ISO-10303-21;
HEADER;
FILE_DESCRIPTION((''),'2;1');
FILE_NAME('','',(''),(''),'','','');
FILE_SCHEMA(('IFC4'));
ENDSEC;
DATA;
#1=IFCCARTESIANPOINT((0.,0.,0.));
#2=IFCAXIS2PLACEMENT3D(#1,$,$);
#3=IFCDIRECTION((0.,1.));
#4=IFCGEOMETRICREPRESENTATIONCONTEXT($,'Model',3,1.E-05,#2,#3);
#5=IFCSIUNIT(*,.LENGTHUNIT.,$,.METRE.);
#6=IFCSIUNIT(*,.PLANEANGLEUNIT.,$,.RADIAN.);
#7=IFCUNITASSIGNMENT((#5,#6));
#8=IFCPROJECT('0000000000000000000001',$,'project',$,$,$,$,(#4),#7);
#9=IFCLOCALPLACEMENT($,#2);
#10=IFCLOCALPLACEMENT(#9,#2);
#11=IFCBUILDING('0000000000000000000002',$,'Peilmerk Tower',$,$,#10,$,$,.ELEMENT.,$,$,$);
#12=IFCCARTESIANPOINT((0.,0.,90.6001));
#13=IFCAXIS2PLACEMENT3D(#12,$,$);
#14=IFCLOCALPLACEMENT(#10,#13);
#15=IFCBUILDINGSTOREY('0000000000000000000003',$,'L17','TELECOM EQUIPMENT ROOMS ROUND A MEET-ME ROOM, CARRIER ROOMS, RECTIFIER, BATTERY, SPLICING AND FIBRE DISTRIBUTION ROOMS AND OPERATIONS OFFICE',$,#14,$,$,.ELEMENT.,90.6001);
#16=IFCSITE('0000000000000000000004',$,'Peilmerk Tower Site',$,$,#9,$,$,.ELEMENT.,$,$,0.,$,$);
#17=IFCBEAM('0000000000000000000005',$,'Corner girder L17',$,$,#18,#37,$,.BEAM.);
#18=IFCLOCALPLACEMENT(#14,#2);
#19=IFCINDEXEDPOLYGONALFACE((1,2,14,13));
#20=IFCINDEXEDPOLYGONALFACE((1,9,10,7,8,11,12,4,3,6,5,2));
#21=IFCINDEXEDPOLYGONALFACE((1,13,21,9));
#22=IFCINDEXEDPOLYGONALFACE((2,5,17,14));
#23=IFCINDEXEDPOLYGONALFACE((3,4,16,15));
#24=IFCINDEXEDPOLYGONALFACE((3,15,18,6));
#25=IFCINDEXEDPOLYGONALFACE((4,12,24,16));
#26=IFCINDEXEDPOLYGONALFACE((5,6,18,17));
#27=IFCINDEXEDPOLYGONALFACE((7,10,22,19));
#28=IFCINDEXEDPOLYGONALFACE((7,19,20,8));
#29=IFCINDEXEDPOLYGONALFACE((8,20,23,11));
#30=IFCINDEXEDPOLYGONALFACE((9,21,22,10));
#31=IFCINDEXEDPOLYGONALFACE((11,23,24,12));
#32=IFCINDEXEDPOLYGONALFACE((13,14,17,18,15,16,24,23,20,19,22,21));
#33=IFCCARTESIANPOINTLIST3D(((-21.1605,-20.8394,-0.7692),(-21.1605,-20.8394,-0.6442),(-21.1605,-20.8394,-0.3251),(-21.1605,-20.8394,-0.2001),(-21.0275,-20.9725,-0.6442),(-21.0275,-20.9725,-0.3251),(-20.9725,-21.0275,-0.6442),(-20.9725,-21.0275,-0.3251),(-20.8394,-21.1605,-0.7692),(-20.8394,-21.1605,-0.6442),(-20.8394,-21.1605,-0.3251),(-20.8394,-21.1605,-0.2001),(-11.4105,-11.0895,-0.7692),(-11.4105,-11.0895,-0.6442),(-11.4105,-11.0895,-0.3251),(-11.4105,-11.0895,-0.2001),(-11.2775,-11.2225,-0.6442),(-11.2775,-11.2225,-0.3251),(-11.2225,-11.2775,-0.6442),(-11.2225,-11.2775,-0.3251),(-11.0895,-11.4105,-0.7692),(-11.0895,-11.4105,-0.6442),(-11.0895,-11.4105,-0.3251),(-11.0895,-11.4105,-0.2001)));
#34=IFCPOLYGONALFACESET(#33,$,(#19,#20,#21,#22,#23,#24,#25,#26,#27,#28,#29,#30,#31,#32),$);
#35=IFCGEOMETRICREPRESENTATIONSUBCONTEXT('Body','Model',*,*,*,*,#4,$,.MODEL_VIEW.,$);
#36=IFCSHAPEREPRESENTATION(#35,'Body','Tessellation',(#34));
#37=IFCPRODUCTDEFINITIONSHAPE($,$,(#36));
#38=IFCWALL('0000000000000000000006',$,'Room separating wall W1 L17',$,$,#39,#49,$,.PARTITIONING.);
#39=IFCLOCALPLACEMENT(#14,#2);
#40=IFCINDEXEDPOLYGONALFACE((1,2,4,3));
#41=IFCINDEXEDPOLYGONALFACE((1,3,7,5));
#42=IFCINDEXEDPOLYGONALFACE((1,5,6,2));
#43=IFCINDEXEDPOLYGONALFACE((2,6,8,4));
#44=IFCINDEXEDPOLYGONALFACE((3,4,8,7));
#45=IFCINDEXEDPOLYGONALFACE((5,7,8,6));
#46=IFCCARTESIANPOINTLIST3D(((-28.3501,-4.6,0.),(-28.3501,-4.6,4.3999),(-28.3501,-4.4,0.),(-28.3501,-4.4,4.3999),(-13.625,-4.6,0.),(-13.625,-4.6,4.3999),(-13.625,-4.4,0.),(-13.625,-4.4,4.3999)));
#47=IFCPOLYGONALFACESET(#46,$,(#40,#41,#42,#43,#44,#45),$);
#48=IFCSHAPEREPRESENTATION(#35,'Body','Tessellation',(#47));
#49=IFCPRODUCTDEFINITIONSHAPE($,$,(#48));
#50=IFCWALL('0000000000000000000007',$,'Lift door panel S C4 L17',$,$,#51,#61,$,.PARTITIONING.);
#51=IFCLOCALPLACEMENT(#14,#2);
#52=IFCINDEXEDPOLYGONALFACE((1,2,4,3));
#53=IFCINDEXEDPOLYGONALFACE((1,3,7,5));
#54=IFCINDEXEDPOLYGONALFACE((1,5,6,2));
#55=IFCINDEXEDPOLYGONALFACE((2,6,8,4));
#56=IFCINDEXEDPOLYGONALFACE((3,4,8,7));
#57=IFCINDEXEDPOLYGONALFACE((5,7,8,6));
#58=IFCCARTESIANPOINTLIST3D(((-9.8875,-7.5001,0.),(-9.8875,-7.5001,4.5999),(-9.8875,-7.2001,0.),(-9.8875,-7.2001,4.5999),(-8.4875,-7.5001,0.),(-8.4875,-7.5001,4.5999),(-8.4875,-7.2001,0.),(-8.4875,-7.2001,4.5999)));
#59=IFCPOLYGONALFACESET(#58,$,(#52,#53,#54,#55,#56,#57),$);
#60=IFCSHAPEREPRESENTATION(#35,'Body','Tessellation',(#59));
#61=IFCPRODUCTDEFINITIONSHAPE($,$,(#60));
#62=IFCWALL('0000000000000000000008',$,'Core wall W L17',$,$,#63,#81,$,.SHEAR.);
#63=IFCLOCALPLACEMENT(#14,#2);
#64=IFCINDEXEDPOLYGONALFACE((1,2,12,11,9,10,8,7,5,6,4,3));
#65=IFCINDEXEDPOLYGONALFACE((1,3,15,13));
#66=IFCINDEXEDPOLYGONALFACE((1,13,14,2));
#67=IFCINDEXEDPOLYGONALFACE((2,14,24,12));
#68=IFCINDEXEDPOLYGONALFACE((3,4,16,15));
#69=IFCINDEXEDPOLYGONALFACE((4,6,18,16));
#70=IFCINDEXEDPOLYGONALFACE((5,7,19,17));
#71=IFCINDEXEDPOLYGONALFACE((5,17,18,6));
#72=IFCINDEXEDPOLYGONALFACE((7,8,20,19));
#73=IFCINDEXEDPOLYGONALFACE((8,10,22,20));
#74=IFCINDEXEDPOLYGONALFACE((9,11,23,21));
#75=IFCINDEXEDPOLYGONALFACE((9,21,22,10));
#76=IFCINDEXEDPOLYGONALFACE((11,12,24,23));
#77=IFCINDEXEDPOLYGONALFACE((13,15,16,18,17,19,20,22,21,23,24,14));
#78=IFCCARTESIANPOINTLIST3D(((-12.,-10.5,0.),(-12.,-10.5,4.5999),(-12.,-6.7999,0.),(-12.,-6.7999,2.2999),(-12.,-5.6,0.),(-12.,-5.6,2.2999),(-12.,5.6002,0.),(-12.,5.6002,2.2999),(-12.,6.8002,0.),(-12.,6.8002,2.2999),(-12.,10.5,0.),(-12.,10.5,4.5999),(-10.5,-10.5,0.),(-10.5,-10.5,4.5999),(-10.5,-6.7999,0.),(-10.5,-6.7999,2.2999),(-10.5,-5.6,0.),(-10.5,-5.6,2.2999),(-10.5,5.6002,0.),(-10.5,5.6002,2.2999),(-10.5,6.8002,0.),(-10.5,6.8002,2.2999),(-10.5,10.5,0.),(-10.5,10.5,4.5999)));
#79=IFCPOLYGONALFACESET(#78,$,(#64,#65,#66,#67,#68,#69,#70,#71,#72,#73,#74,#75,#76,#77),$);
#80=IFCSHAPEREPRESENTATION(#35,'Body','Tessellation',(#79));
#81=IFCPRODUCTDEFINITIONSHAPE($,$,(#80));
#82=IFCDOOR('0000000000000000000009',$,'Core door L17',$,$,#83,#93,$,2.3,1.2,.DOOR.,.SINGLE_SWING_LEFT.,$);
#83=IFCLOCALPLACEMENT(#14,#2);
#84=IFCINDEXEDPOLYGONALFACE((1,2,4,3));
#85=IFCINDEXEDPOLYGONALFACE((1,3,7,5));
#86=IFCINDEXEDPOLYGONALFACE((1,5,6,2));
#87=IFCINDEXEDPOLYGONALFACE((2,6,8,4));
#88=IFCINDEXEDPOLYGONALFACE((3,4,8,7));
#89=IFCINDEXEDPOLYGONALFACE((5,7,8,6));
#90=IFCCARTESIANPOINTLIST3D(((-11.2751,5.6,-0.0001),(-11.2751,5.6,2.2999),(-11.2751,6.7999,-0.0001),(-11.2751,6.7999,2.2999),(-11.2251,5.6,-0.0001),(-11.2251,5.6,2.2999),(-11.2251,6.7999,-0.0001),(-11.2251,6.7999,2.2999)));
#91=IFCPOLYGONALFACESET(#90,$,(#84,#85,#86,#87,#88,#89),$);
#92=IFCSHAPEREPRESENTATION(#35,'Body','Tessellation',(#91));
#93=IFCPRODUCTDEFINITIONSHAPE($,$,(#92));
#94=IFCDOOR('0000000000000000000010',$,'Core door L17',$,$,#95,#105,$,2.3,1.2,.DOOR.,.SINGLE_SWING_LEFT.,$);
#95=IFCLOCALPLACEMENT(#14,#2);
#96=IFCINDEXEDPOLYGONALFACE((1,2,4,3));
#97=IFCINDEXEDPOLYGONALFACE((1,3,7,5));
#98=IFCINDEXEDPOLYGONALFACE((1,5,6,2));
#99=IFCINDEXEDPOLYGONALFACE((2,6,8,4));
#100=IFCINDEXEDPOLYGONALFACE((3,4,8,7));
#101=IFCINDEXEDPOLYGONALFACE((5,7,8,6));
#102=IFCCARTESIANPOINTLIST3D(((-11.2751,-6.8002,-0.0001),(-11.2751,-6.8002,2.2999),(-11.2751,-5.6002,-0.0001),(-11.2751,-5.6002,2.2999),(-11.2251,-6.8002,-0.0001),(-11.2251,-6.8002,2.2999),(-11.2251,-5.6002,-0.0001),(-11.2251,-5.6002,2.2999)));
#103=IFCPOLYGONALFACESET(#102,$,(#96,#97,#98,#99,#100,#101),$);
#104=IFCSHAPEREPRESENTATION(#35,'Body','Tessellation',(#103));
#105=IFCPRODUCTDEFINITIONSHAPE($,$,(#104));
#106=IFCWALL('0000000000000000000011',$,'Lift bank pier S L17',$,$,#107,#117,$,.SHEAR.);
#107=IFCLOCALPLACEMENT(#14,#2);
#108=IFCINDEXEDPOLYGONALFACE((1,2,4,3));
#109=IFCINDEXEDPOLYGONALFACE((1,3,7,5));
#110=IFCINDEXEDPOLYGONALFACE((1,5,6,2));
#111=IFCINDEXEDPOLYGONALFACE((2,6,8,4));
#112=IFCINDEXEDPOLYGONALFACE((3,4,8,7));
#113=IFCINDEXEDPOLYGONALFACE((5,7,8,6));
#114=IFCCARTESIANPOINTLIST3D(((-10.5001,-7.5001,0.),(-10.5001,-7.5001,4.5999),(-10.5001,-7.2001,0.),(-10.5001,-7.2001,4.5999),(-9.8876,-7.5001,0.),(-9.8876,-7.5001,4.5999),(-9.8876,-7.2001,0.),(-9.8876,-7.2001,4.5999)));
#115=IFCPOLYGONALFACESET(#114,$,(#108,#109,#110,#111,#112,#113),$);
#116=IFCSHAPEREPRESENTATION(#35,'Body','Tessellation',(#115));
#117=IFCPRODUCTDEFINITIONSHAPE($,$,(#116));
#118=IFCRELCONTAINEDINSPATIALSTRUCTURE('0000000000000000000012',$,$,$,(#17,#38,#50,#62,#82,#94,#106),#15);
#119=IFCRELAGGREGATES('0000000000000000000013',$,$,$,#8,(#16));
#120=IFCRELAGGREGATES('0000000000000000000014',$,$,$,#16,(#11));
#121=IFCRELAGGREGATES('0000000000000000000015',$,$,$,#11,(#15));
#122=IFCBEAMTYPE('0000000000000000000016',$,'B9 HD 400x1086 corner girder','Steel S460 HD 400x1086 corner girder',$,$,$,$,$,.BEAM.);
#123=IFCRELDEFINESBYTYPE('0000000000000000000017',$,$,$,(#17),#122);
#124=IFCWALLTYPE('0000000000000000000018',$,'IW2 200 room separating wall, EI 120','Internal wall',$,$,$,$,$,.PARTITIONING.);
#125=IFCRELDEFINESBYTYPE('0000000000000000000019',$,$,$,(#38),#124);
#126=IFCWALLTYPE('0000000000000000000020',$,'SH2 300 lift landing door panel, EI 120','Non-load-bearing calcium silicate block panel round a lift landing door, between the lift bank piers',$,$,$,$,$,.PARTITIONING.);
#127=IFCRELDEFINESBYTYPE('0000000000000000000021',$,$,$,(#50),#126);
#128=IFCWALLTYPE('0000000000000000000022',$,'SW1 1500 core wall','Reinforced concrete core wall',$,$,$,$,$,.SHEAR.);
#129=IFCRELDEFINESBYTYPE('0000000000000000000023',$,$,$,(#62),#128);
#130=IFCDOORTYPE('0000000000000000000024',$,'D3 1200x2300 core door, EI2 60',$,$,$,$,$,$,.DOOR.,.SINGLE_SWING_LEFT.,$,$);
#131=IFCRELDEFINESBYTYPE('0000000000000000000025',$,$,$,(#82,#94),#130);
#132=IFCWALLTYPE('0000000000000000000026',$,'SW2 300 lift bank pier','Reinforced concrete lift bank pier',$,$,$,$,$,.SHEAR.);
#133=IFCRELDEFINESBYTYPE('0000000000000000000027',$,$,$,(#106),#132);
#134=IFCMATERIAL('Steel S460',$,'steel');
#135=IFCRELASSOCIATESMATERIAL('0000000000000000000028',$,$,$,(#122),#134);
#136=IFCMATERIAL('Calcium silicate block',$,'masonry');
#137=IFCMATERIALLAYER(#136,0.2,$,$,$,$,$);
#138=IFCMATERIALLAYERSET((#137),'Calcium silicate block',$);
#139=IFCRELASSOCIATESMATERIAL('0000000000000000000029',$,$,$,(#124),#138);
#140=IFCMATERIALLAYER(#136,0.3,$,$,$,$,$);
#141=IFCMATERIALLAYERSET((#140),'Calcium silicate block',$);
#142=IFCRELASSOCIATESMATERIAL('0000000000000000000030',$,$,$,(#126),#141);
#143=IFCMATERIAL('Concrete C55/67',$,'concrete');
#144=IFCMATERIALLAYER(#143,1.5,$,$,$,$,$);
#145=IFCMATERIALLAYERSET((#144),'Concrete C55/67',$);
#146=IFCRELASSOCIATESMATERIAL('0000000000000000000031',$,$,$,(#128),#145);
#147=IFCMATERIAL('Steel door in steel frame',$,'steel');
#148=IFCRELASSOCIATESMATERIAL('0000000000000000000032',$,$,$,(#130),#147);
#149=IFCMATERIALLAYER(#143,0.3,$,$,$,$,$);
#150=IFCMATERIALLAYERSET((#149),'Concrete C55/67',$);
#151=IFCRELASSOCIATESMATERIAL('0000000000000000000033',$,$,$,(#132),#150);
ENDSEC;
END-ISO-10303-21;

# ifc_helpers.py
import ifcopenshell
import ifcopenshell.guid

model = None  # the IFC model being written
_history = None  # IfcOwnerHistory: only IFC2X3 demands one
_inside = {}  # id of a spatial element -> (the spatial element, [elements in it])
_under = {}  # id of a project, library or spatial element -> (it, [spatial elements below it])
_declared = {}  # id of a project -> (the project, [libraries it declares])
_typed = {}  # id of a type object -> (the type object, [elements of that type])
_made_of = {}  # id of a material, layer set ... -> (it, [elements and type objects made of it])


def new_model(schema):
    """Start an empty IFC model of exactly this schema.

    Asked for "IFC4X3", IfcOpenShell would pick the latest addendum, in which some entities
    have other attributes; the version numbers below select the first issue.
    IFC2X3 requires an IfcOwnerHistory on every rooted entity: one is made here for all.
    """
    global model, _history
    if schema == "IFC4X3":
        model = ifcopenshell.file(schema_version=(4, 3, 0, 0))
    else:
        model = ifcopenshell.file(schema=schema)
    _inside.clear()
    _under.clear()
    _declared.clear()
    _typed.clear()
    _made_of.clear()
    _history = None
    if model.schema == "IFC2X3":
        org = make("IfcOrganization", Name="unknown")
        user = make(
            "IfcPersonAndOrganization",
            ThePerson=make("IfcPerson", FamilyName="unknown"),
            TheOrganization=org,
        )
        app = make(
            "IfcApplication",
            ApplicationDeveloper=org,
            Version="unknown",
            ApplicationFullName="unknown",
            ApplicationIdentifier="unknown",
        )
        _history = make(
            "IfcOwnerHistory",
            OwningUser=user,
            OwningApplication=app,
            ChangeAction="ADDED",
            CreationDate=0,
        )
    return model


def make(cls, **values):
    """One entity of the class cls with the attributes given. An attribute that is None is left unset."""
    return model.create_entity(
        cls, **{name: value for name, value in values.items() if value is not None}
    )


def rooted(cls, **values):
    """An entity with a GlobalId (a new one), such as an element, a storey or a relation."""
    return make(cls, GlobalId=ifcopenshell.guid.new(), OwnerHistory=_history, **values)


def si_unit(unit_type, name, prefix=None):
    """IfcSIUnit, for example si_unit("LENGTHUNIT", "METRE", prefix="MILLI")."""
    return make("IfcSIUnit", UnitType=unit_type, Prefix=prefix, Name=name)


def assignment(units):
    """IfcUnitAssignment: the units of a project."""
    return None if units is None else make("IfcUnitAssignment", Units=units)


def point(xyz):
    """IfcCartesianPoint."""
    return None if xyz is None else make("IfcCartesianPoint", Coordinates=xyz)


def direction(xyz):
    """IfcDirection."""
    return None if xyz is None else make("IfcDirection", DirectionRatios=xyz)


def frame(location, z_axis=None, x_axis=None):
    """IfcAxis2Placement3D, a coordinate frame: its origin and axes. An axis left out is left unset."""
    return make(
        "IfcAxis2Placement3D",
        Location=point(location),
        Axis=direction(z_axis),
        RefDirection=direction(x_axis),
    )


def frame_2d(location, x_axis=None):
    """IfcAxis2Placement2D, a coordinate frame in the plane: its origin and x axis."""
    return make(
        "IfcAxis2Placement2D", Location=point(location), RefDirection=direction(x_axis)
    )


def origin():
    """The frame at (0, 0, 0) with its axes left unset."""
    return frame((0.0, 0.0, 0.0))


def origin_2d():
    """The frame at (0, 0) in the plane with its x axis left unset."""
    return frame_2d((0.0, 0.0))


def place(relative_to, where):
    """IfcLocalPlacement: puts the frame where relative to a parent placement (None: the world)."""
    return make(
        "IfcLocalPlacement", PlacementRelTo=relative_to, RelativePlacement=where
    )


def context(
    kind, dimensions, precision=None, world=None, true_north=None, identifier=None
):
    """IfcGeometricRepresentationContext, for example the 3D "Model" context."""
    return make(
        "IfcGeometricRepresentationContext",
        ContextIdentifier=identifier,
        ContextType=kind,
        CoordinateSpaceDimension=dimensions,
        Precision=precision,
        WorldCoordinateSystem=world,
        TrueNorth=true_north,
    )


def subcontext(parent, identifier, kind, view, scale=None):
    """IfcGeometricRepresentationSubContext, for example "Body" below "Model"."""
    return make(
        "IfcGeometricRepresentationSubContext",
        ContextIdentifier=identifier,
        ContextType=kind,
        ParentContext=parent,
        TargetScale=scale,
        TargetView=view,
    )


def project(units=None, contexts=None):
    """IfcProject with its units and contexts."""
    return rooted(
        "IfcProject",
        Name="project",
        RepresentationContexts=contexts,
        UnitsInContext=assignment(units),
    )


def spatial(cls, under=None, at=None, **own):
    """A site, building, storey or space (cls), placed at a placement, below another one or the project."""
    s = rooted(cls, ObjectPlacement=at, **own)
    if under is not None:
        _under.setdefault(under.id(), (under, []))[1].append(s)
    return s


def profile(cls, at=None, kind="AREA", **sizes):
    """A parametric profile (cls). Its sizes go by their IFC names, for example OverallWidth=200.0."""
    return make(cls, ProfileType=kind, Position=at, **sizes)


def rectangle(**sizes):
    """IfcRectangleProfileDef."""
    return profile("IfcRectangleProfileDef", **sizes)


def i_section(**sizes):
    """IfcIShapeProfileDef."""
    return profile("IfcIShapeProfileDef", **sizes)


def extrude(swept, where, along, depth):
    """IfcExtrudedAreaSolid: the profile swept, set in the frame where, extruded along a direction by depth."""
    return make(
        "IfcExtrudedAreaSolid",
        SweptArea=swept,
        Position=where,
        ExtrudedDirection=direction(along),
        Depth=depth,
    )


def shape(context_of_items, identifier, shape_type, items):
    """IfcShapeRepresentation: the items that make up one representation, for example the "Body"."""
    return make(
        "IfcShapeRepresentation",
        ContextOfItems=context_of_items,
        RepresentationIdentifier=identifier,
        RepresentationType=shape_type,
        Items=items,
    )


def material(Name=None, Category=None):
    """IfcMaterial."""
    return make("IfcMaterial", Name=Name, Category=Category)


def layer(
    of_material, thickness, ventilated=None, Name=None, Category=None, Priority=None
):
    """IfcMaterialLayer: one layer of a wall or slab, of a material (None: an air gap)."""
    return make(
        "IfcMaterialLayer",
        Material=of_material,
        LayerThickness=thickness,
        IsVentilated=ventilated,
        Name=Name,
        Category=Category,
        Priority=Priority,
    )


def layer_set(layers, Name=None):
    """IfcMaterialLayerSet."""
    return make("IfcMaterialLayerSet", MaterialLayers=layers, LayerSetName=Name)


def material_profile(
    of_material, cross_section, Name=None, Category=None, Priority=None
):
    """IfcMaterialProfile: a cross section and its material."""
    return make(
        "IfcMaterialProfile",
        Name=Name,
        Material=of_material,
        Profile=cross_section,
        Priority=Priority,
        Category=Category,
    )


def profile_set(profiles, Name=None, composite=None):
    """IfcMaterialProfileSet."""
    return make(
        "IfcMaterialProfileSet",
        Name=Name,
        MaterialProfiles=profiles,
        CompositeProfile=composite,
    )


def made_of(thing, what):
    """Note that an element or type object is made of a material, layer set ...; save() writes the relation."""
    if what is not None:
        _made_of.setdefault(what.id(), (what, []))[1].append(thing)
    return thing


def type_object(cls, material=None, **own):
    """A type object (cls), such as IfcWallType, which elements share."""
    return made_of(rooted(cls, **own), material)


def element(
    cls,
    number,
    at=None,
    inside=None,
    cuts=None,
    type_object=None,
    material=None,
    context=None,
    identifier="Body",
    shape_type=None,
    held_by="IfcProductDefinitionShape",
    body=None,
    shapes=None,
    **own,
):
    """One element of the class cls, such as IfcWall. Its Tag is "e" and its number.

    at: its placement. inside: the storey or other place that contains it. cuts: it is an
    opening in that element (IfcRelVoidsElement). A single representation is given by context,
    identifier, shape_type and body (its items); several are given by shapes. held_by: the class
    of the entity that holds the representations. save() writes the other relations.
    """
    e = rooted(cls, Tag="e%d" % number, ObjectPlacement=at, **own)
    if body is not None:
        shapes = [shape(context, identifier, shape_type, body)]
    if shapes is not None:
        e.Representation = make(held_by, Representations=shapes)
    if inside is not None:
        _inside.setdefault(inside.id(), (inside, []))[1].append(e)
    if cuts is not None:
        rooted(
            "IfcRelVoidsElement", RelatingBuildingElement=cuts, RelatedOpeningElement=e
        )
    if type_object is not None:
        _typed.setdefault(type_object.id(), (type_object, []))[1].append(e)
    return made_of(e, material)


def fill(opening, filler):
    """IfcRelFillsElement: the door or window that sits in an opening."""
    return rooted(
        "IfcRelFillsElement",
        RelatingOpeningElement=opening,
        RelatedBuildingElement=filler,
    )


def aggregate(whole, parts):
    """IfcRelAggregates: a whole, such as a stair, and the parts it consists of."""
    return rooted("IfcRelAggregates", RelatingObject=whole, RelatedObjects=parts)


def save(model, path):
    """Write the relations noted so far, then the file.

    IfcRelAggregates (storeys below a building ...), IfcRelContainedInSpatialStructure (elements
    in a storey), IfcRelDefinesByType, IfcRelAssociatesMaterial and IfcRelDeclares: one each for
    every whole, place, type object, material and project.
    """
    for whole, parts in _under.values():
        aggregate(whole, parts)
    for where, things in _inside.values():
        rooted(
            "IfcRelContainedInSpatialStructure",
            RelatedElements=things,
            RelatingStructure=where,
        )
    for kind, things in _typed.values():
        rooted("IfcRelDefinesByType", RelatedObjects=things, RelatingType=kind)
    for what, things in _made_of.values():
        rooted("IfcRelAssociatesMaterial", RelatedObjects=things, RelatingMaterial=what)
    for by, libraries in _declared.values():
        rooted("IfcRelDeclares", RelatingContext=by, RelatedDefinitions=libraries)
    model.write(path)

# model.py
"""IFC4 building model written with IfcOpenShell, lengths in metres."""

from ifc_helpers import new_model, si_unit, direction, frame, frame_2d, origin, origin_2d, place, context, subcontext, project, spatial, rectangle, i_section, extrude, material, layer, layer_set, material_profile, profile_set, type_object, element, fill, save


model = new_model("IFC4")

# Units and contexts
model_context = context("Model", 3, precision=1e-05, world=origin(), true_north=direction((0.0, 1.0)))
body_context = subcontext(model_context, "Body", "Model", "MODEL_VIEW")
ifc_project = project(units=[si_unit("LENGTHUNIT", "METRE"), si_unit("PLANEANGLEUNIT", "RADIAN")], contexts=[model_context])

# Site, building, storey
site_placement = place(None, origin())
site = spatial("IfcSite", under=ifc_project, at=site_placement, Name="Peilmerk Tower Site", CompositionType="ELEMENT", RefElevation=0.0)
building_placement = place(site_placement, origin())
building = spatial("IfcBuilding", under=site, at=building_placement, Name="Peilmerk Tower", CompositionType="ELEMENT")
storey_placement = place(building_placement, frame((0.0, 0.0, 90.6001)))
storey = spatial("IfcBuildingStorey", under=building, at=storey_placement, Name="L17", Description="TELECOM EQUIPMENT ROOMS ROUND A MEET-ME ROOM, CARRIER ROOMS, RECTIFIER, BATTERY, SPLICING AND FIBRE DISTRIBUTION ROOMS AND OPERATIONS OFFICE", CompositionType="ELEMENT", Elevation=90.6001)

# Shared definitions
ifc_material_1 = material(Name="Steel S460", Category="steel")

# Beam
ifc_material_profile_1 = material_profile(ifc_material_1, i_section(OverallWidth=0.4541, OverallDepth=0.5691, WebThickness=0.0779, FlangeThickness=0.125, at=origin_2d()), Name="HD 400x1086")
ifc_profile_set_1 = profile_set([ifc_material_profile_1], Name="Steel S460")
beam_type_1 = type_object("IfcBeamType", Name="B9 HD 400x1086 corner girder", Description="Steel S460 HD 400x1086 corner girder", PredefinedType="BEAM", material=ifc_profile_set_1)
beam_1_placement = place(storey_placement, frame((-11.25, -11.25, -0.4846), z_axis=(-0.707107, -0.707107, 0.0), x_axis=(0.707107, -0.707107, 0.0)))
element("IfcBeam", 1, at=beam_1_placement, inside=storey, type_object=beam_type_1, Name="Corner girder L17", PredefinedType="BEAM", context=body_context, shape_type="SweptSolid", body=[
    extrude(i_section(OverallWidth=0.4541, OverallDepth=0.5691, WebThickness=0.0779, FlangeThickness=0.125, at=origin_2d()), origin(), (0.0, 0.0, 1.0), 13.7886),
])

# Walls
ifc_material_2 = material(Name="Calcium silicate block", Category="masonry")
ifc_layer_1 = layer(ifc_material_2, 0.2)
ifc_layer_set_1 = layer_set([ifc_layer_1], Name="Calcium silicate block")
wall_type_1 = type_object("IfcWallType", Name="IW2 200 room separating wall, EI 120", Description="Internal wall", PredefinedType="PARTITIONING", material=ifc_layer_set_1)
wall_1_placement = place(storey_placement, frame((-13.625, -4.5, 0.0), z_axis=(0.0, 0.0, 1.0), x_axis=(-1.0, 0.0, 0.0)))
element("IfcWall", 2, at=wall_1_placement, inside=storey, type_object=wall_type_1, Name="Room separating wall W1 L17", PredefinedType="PARTITIONING", context=body_context, shape_type="SweptSolid", body=[
    extrude(rectangle(XDim=14.7251, YDim=0.2, at=frame_2d((7.3625, 0.0))), origin(), (0.0, 0.0, 1.0), 4.3999),
])
ifc_layer_2 = layer(ifc_material_2, 0.3)
ifc_layer_set_2 = layer_set([ifc_layer_2], Name="Calcium silicate block")
wall_type_2 = type_object("IfcWallType", Name="SH2 300 lift landing door panel, EI 120", Description="Non-load-bearing calcium silicate block panel round a lift landing door, between the lift bank piers", PredefinedType="PARTITIONING", material=ifc_layer_set_2)
wall_2_placement = place(storey_placement, frame((-9.8875, -7.3501, 0.0), z_axis=(0.0, 0.0, 1.0), x_axis=(1.0, 0.0, 0.0)))
element("IfcWall", 3, at=wall_2_placement, inside=storey, type_object=wall_type_2, Name="Lift door panel S C4 L17", PredefinedType="PARTITIONING", context=body_context, shape_type="SweptSolid", body=[
    extrude(rectangle(XDim=1.3999, YDim=0.3, at=frame_2d((0.7, 0.0))), origin(), (0.0, 0.0, 1.0), 4.5999),
])

# Wall, openings, doors
ifc_material_3 = material(Name="Concrete C55/67", Category="concrete")
ifc_layer_3 = layer(ifc_material_3, 1.5)
ifc_layer_set_3 = layer_set([ifc_layer_3], Name="Concrete C55/67")
wall_type_3 = type_object("IfcWallType", Name="SW1 1500 core wall", Description="Reinforced concrete core wall", PredefinedType="SHEAR", material=ifc_layer_set_3)
wall_3_placement = place(storey_placement, frame((-11.25, -10.5, 0.0), z_axis=(0.0, 0.0, 1.0), x_axis=(0.0, 1.0, 0.0)))
wall_3 = element("IfcWall", 4, at=wall_3_placement, inside=storey, type_object=wall_type_3, Name="Core wall W L17", PredefinedType="SHEAR", context=body_context, shape_type="SweptSolid", body=[
    extrude(rectangle(XDim=21.0, YDim=1.5, at=frame_2d((10.5, 0.0))), origin(), (0.0, 0.0, 1.0), 4.5999),
])
opening_1_placement = place(wall_3_placement, frame((16.1001, 0.0, 0.0)))
opening_1 = element("IfcOpeningElement", 5, at=opening_1_placement, cuts=wall_3, PredefinedType="OPENING", context=body_context, shape_type="SweptSolid", body=[
    extrude(rectangle(XDim=1.2, YDim=2.3, at=frame_2d((0.6001, 1.1499))), frame((0.0, 0.76, 0.0), z_axis=(0.0, -1.0, 0.0), x_axis=(1.0, 0.0, 0.0)), (0.0, 0.0, 1.0), 1.52),
])
opening_2_placement = place(wall_3_placement, frame((3.7, 0.0, 0.0)))
opening_2 = element("IfcOpeningElement", 6, at=opening_2_placement, cuts=wall_3, PredefinedType="OPENING", context=body_context, shape_type="SweptSolid", body=[
    extrude(rectangle(XDim=1.2, YDim=2.3, at=frame_2d((0.6001, 1.1499))), frame((0.0, 0.76, 0.0), z_axis=(0.0, -1.0, 0.0), x_axis=(1.0, 0.0, 0.0)), (0.0, 0.0, 1.0), 1.52),
])
ifc_material_4 = material(Name="Steel door in steel frame", Category="steel")
door_type = type_object("IfcDoorType", Name="D3 1200x2300 core door, EI2 60", OperationType="SINGLE_SWING_LEFT", PredefinedType="DOOR", material=ifc_material_4)
door_1_placement = place(opening_1_placement, frame((1.2, 0.0, 0.0), z_axis=(0.0, 0.0, 1.0), x_axis=(-1.0, 0.0, 0.0)))
door_1 = element("IfcDoor", 7, at=door_1_placement, inside=storey, type_object=door_type, Name="Core door L17", OperationType="SINGLE_SWING_LEFT", OverallHeight=2.3, OverallWidth=1.2, PredefinedType="DOOR", context=body_context, shape_type="SweptSolid", body=[
    extrude(rectangle(XDim=1.2, YDim=2.3, at=frame_2d((0.6001, 1.1499))), frame((0.0, 0.0249, 0.0), z_axis=(0.0, -1.0, 0.0), x_axis=(1.0, 0.0, 0.0)), (0.0, 0.0, 1.0), 0.05),
])
fill(opening_1, door_1)
door_2_placement = place(opening_2_placement, frame((1.2, 0.0, 0.0), z_axis=(0.0, 0.0, 1.0), x_axis=(-1.0, 0.0, 0.0)))
door_2 = element("IfcDoor", 8, at=door_2_placement, inside=storey, type_object=door_type, Name="Core door L17", OperationType="SINGLE_SWING_LEFT", OverallHeight=2.3, OverallWidth=1.2, PredefinedType="DOOR", context=body_context, shape_type="SweptSolid", body=[
    extrude(rectangle(XDim=1.2, YDim=2.3, at=frame_2d((0.6001, 1.1499))), frame((0.0, 0.0249, 0.0), z_axis=(0.0, -1.0, 0.0), x_axis=(1.0, 0.0, 0.0)), (0.0, 0.0, 1.0), 0.05),
])
fill(opening_2, door_2)

# Wall
ifc_layer_4 = layer(ifc_material_3, 0.3)
ifc_layer_set_4 = layer_set([ifc_layer_4], Name="Concrete C55/67")
wall_type_4 = type_object("IfcWallType", Name="SW2 300 lift bank pier", Description="Reinforced concrete lift bank pier", PredefinedType="SHEAR", material=ifc_layer_set_4)
wall_4_placement = place(storey_placement, frame((-10.5, -7.3501, 0.0), z_axis=(0.0, 0.0, 1.0), x_axis=(1.0, 0.0, 0.0)))
element("IfcWall", 9, at=wall_4_placement, inside=storey, type_object=wall_type_4, Name="Lift bank pier S L17", PredefinedType="SHEAR", context=body_context, shape_type="SweptSolid", body=[
    extrude(rectangle(XDim=0.6125, YDim=0.3, at=frame_2d((0.3062, 0.0))), origin(), (0.0, 0.0, 1.0), 4.5999),
])

save(model, "model.ifc")
